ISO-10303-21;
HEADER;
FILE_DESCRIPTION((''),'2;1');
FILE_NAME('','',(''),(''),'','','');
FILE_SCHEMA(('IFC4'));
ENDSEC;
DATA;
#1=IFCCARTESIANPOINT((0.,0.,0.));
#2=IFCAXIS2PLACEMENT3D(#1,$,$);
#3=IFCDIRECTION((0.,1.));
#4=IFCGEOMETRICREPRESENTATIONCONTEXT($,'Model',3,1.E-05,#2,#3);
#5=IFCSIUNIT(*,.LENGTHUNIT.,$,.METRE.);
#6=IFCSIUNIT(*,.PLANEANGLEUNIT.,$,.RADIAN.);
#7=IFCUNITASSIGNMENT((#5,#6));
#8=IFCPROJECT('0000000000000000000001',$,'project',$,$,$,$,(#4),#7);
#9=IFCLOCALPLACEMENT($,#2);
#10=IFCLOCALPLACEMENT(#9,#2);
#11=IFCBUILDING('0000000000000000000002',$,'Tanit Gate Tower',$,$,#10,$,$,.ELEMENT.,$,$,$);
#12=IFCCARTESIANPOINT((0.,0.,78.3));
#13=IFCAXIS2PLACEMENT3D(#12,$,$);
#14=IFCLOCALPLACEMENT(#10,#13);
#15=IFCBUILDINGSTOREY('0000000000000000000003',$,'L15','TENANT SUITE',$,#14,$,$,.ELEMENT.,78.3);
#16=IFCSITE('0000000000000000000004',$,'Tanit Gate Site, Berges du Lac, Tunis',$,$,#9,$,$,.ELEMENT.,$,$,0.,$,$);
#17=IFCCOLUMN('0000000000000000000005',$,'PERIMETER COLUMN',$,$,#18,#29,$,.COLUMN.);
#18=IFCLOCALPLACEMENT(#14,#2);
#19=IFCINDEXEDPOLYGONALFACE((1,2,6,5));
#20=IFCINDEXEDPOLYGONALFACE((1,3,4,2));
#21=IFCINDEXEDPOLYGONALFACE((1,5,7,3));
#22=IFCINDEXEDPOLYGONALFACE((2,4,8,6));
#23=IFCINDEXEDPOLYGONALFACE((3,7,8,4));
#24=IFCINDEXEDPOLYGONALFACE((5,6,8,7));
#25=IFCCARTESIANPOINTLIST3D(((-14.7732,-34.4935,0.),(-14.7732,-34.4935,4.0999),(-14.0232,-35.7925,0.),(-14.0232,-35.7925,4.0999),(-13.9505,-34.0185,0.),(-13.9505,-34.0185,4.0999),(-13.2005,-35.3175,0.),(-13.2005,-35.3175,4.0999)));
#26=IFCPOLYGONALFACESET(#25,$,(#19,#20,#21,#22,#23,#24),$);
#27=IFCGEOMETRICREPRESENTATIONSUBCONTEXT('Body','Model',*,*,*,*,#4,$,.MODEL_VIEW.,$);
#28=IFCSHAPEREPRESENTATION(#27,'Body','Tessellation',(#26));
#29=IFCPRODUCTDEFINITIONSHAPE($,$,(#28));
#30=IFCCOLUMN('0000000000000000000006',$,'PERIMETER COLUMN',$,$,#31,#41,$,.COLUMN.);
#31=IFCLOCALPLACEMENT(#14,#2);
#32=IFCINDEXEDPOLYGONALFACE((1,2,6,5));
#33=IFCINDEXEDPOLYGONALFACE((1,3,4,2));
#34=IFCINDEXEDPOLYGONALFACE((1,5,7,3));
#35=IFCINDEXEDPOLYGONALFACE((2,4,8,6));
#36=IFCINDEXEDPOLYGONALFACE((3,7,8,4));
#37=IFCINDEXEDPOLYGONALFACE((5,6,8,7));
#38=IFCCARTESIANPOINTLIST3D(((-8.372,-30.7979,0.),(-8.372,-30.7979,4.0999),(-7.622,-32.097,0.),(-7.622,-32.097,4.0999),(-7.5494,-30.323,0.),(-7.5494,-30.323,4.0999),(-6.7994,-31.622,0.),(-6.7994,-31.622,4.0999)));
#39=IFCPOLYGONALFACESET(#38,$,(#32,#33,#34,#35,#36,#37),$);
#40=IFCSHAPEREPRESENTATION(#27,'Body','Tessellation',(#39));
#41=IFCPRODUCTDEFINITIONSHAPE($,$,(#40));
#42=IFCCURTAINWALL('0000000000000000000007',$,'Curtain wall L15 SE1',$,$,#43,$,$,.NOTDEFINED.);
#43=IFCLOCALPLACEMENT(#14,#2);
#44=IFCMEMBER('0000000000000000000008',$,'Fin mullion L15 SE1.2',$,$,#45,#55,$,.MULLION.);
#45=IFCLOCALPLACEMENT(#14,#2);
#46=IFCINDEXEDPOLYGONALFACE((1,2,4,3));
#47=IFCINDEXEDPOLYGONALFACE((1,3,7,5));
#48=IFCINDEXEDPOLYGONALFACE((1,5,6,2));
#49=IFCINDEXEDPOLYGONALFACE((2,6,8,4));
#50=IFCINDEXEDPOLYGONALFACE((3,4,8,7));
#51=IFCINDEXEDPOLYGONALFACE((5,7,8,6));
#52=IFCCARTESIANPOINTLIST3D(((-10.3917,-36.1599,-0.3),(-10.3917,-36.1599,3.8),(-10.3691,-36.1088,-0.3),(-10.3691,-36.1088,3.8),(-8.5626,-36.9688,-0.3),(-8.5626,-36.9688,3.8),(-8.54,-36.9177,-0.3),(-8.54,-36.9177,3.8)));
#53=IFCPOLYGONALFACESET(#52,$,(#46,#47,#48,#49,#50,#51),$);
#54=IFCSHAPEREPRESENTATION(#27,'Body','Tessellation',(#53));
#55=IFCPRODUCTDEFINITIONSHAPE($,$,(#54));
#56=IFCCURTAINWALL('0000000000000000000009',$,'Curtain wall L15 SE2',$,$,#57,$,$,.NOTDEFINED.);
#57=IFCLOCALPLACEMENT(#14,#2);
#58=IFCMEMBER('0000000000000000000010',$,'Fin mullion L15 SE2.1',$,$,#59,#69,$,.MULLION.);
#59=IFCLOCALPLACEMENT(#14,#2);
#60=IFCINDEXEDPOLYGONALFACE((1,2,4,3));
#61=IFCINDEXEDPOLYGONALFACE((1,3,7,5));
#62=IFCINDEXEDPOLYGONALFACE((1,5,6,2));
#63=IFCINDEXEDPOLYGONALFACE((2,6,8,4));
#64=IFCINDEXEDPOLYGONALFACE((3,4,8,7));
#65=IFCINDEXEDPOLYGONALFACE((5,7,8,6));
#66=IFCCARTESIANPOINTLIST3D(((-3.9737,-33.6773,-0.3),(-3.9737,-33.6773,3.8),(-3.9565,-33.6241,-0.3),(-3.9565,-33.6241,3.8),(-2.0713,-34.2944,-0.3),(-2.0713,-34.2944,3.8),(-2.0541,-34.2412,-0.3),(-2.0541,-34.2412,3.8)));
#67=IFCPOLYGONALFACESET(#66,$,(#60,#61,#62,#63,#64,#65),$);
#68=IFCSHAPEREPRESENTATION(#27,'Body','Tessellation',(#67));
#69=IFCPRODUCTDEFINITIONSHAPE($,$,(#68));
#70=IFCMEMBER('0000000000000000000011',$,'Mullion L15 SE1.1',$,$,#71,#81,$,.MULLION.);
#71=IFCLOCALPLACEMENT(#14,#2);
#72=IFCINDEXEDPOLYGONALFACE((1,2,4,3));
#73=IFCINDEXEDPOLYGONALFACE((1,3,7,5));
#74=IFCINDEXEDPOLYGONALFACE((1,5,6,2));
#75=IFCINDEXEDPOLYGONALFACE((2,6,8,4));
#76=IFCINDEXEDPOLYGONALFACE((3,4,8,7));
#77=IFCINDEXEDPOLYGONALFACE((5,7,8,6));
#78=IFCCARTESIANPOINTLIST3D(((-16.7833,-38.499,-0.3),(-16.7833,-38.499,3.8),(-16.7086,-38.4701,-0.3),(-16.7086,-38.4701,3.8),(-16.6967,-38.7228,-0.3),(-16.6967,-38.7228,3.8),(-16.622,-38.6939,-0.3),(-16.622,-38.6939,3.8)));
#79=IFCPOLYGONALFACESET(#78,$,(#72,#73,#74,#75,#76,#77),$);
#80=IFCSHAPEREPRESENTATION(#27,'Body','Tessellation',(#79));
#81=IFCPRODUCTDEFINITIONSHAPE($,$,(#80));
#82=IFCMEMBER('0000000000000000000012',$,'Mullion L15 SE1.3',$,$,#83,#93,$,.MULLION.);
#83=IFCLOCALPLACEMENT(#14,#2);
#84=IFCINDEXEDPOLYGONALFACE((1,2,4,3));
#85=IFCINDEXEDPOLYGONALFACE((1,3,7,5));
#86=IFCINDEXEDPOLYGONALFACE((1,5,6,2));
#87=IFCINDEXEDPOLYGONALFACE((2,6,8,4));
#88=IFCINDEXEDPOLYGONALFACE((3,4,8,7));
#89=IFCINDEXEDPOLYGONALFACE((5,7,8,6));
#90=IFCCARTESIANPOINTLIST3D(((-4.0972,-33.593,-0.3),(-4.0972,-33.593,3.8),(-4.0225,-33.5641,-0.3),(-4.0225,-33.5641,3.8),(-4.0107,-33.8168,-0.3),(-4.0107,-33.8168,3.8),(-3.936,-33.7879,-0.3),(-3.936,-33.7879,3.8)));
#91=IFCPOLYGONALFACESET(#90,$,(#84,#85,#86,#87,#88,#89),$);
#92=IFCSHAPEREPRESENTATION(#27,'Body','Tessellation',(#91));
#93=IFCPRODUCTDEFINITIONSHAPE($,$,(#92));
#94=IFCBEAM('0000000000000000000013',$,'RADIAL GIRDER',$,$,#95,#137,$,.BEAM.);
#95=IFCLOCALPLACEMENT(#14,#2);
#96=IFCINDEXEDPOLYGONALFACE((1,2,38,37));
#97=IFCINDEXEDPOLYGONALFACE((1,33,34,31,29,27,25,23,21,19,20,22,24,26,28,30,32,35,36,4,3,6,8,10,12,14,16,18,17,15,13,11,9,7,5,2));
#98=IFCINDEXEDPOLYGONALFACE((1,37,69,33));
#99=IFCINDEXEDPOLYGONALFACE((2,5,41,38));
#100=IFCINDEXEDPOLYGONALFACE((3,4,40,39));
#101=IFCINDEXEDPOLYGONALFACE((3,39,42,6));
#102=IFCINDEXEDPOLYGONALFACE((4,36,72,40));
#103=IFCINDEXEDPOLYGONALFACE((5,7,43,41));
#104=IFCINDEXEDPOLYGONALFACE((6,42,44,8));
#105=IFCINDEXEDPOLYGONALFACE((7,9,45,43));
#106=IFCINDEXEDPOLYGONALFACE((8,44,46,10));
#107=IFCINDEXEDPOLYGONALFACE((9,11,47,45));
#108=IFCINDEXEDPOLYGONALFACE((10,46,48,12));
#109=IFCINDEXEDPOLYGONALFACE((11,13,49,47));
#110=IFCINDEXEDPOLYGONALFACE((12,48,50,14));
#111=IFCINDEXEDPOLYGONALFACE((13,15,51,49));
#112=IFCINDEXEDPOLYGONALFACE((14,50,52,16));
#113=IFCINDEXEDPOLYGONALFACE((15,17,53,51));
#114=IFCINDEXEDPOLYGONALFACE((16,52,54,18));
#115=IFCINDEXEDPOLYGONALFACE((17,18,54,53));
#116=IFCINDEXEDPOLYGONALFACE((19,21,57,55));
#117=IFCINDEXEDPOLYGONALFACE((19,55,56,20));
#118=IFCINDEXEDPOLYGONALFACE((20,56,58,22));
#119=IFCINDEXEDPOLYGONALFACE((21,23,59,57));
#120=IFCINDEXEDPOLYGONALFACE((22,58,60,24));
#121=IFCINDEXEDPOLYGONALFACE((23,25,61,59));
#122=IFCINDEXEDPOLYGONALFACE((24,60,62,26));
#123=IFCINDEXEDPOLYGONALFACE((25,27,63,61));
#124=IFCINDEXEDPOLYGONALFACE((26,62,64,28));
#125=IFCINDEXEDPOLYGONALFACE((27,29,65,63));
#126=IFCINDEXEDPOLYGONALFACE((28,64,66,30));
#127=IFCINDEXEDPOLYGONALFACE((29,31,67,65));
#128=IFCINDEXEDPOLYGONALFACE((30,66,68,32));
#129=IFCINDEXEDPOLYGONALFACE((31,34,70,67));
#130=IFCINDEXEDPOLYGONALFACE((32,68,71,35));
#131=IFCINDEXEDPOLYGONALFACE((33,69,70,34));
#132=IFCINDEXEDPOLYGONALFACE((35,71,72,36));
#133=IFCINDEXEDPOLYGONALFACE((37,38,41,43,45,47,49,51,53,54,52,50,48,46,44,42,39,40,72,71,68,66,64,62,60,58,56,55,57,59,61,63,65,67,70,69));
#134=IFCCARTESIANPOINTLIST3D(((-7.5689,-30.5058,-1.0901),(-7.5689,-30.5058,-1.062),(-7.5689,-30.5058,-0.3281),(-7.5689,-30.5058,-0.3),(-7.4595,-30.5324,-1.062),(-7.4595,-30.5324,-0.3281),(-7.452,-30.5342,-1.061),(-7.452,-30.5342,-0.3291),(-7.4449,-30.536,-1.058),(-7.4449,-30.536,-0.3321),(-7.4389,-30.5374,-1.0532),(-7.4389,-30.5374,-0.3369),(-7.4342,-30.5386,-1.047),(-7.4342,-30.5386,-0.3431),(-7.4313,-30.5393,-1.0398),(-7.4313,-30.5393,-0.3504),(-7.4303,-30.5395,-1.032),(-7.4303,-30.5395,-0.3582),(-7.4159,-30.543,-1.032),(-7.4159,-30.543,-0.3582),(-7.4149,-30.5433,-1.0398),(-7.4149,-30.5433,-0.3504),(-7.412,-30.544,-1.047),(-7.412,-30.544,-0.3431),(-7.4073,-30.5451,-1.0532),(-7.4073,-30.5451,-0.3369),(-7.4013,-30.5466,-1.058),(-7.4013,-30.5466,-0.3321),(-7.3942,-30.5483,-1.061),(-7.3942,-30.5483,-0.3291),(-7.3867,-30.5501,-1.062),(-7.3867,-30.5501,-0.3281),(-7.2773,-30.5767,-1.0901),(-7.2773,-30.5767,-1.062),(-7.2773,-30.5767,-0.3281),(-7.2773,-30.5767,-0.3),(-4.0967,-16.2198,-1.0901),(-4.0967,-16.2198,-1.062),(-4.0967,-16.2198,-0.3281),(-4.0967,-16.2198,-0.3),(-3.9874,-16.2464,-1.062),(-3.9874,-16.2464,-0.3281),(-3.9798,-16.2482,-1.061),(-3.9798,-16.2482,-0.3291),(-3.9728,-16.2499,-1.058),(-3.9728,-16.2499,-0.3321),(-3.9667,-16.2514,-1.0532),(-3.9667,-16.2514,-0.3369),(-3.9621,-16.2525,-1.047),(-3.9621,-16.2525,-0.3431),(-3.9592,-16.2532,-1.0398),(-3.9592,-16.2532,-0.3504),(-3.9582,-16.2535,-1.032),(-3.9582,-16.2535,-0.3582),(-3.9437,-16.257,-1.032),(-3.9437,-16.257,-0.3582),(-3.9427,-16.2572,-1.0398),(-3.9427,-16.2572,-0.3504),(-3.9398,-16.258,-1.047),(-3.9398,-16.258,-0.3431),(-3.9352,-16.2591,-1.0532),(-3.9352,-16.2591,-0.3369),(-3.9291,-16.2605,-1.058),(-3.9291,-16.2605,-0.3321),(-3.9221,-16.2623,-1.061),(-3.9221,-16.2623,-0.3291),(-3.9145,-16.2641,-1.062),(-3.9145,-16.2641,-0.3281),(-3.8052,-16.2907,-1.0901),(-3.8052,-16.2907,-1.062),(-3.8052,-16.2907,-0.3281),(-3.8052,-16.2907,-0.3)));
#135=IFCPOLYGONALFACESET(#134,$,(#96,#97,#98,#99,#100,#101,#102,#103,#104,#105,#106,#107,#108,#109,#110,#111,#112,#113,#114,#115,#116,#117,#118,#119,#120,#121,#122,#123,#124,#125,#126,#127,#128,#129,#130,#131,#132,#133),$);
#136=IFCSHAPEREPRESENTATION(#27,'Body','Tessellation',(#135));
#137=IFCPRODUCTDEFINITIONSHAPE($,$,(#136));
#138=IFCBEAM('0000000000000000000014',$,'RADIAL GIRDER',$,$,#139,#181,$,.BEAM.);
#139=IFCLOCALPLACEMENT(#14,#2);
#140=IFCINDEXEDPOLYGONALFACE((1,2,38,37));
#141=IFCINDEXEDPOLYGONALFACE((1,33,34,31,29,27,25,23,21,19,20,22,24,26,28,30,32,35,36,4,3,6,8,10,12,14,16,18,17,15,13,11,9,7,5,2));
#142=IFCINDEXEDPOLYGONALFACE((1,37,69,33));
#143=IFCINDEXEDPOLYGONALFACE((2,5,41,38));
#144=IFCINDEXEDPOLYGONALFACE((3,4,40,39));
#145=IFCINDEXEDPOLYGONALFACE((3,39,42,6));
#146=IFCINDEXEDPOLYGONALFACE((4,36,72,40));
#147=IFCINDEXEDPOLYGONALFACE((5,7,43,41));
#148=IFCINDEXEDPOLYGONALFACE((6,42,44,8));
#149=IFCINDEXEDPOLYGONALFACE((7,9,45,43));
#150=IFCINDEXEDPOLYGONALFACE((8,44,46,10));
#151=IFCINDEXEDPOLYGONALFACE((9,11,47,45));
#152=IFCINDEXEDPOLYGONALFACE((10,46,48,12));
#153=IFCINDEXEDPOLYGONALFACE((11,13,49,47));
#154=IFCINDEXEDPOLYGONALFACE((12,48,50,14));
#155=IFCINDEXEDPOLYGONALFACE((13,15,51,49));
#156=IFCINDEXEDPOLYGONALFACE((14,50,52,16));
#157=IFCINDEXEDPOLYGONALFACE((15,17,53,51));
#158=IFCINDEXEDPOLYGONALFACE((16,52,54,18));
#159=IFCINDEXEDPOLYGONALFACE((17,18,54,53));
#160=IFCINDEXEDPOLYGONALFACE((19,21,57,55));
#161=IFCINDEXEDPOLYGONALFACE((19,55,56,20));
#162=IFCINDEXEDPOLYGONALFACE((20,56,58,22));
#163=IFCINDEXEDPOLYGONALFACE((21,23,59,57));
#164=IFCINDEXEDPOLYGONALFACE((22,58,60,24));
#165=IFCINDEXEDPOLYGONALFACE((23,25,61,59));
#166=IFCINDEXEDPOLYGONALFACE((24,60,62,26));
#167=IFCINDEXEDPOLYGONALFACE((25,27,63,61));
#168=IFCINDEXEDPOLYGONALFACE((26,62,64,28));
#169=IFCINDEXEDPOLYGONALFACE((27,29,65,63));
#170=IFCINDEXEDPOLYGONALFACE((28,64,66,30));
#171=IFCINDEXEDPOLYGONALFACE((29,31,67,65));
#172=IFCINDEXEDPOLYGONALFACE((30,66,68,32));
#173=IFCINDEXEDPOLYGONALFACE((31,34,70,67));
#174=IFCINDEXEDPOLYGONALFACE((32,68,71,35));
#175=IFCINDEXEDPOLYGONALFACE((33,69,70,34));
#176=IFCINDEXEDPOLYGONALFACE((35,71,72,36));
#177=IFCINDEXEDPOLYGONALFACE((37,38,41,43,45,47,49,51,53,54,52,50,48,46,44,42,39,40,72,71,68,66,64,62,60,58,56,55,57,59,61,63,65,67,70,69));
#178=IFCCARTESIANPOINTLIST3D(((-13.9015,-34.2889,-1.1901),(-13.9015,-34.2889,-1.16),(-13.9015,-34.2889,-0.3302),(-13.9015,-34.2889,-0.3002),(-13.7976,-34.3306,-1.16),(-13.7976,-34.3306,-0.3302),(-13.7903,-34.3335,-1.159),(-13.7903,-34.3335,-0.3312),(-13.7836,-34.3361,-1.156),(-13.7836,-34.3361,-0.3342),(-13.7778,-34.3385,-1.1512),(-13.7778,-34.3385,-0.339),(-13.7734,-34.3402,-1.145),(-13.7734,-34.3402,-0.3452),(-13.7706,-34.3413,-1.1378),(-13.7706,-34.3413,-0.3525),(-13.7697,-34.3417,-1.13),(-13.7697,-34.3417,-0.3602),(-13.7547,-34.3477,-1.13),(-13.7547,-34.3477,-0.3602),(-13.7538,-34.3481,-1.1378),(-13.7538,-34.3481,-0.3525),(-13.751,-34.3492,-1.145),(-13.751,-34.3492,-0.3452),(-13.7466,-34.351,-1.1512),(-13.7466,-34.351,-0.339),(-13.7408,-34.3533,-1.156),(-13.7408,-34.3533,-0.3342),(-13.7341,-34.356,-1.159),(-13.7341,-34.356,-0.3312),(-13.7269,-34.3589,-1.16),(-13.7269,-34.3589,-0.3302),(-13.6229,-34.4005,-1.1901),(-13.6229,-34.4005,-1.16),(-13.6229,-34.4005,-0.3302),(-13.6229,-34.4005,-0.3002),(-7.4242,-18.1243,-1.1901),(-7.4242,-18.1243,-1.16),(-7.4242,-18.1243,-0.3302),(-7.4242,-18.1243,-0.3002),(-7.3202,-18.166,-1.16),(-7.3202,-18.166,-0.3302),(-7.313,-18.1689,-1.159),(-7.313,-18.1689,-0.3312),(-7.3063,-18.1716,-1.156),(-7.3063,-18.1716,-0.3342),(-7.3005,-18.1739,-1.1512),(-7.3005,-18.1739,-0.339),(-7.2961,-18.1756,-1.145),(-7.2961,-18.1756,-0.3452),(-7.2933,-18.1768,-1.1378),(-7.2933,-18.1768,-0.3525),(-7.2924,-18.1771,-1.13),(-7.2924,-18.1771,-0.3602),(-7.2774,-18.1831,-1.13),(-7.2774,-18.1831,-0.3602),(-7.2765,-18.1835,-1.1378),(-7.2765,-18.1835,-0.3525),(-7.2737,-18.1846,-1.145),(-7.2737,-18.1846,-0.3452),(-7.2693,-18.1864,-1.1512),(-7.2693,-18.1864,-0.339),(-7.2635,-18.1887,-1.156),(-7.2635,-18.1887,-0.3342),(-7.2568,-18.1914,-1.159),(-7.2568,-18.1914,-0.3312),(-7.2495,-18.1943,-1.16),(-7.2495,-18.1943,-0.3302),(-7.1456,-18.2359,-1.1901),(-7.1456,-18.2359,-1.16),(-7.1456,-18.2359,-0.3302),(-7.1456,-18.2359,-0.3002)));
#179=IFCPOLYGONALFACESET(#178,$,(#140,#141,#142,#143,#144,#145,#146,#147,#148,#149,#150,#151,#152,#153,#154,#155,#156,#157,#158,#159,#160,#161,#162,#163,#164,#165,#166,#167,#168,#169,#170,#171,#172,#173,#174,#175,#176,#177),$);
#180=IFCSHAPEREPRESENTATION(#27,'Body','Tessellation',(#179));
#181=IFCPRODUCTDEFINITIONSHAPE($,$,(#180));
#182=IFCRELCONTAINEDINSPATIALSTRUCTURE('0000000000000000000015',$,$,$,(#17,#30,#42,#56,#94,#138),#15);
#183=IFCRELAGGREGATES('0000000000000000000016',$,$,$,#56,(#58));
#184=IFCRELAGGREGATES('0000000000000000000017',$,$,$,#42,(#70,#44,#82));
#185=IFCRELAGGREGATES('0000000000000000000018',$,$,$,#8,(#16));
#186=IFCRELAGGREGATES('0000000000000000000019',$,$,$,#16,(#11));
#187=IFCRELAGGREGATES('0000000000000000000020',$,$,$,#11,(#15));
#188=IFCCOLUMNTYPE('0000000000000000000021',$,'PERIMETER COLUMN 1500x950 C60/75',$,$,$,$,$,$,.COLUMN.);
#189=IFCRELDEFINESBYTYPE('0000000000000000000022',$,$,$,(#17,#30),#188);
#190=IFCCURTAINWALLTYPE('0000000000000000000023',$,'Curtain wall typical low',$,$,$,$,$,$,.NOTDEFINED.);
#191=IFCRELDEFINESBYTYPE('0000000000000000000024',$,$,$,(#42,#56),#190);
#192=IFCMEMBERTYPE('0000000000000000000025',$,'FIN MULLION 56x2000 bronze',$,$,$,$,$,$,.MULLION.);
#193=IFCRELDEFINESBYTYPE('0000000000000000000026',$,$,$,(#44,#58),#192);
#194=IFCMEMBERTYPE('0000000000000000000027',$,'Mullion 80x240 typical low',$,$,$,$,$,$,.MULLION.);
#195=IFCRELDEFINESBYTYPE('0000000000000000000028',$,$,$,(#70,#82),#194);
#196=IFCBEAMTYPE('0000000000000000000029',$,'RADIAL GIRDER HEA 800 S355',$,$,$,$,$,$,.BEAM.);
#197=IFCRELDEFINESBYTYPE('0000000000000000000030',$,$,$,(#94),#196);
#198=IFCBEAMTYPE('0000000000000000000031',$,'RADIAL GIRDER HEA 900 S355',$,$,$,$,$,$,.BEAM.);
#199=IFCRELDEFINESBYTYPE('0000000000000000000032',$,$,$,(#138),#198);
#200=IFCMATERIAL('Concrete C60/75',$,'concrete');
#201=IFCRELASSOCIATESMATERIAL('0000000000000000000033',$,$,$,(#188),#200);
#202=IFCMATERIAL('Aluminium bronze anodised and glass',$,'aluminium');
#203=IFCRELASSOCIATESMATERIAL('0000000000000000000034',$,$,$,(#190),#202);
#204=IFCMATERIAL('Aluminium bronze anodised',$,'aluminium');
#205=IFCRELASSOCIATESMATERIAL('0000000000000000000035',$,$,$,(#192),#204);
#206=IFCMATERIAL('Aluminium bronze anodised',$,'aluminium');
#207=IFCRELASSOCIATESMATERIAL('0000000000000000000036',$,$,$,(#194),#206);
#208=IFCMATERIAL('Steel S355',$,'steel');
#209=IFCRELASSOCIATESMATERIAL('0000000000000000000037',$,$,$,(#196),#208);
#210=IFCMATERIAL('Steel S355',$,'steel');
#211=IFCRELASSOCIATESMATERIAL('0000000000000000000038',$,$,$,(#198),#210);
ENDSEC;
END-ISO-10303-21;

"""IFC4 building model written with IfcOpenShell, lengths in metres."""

from ifc_helpers import new_model, si_unit, direction, frame, origin, origin_2d, place, context, subcontext, project, spatial, rectangle, i_section, extrude, material, material_profile, profile_set, type_object, element, aggregate, save


model = new_model("IFC4")

# Units and contexts
model_context = context("Model", 3, precision=1e-05, world=origin(), true_north=direction((0.0, 1.0)))
body_context = subcontext(model_context, "Body", "Model", "MODEL_VIEW")
ifc_project = project(units=[si_unit("LENGTHUNIT", "METRE"), si_unit("PLANEANGLEUNIT", "RADIAN")], contexts=[model_context])

# Site, building, storey
site_placement = place(None, origin())
site = spatial("IfcSite", under=ifc_project, at=site_placement, Name="Tanit Gate Site, Berges du Lac, Tunis", CompositionType="ELEMENT", RefElevation=0.0)
building_placement = place(site_placement, origin())
building = spatial("IfcBuilding", under=site, at=building_placement, Name="Tanit Gate Tower", CompositionType="ELEMENT")
storey_placement = place(building_placement, frame((0.0, 0.0, 78.3)))
storey = spatial("IfcBuildingStorey", under=building, at=storey_placement, Name="L15", Description="TENANT SUITE", CompositionType="ELEMENT", Elevation=78.3)

# Columns
ifc_material_1 = material(Name="Concrete C60/75", Category="concrete")
ifc_material_profile_1 = material_profile(ifc_material_1, rectangle(XDim=1.5, YDim=0.95, at=origin_2d()), Name="RC 1500x950")
ifc_profile_set_1 = profile_set([ifc_material_profile_1], Name="Concrete C60/75")
column_type = type_object("IfcColumnType", Name="PERIMETER COLUMN 1500x950 C60/75", PredefinedType="COLUMN", material=ifc_profile_set_1)
for number, where, z_axis, x_axis, name in (
    (1, (-13.9868, -34.9055, 0.0), (0.0, 0.0, 1.0), (0.5, -0.866025, 0.0), "PERIMETER COLUMN"),
    (2, (-7.5857, -31.21, 0.0), (0.0, 0.0, 1.0), (0.5, -0.866025, 0.0), "PERIMETER COLUMN"),
):
    element("IfcColumn", number, at=place(storey_placement, frame(where, z_axis=z_axis, x_axis=x_axis)), inside=storey, type_object=column_type, Name=name, PredefinedType="COLUMN", context=body_context, shape_type="SweptSolid", body=[
        extrude(rectangle(XDim=1.5, YDim=0.95, at=origin_2d()), origin(), (0.0, 0.0, 1.0), 4.0999),
    ])

# Curtain walls, members
ifc_material_2 = material(Name="Aluminium bronze anodised and glass", Category="aluminium")
curtain_wall_type = type_object("IfcCurtainWallType", Name="Curtain wall typical low", PredefinedType="NOTDEFINED", material=ifc_material_2)
curtain_wall_1_placement = place(storey_placement, origin())
curtain_wall_1 = element("IfcCurtainWall", 3, at=curtain_wall_1_placement, inside=storey, type_object=curtain_wall_type, Name="Curtain wall L15 SE1", PredefinedType="NOTDEFINED")
ifc_material_3 = material(Name="Aluminium bronze anodised", Category="aluminium")
ifc_material_profile_2 = material_profile(ifc_material_3, rectangle(XDim=2.0, YDim=0.0559, at=origin_2d()), Name="56x2000 bronze fin mullion")
ifc_profile_set_2 = profile_set([ifc_material_profile_2], Name="Aluminium bronze anodised")
member_type_1 = type_object("IfcMemberType", Name="FIN MULLION 56x2000 bronze", PredefinedType="MULLION", material=ifc_profile_set_2)
member_1_placement = place(storey_placement, frame((-9.4658, -36.5388, -0.3), z_axis=(0.0, 0.0, 1.0), x_axis=(-0.91456, 0.404449, 0.0)))
member_1 = element("IfcMember", 4, at=member_1_placement, type_object=member_type_1, Name="Fin mullion L15 SE1.2", PredefinedType="MULLION", context=body_context, shape_type="SweptSolid", body=[
    extrude(rectangle(XDim=2.0, YDim=0.0559, at=origin_2d()), origin(), (0.0, 0.0, 1.0), 4.1001),
])
curtain_wall_2_placement = place(storey_placement, origin())
curtain_wall_2 = element("IfcCurtainWall", 5, at=curtain_wall_2_placement, inside=storey, type_object=curtain_wall_type, Name="Curtain wall L15 SE2", PredefinedType="NOTDEFINED")
member_2_placement = place(storey_placement, frame((-3.0139, -33.9592, -0.3), z_axis=(0.0, 0.0, 1.0), x_axis=(-0.951202, 0.308568, 0.0)))
member_2 = element("IfcMember", 6, at=member_2_placement, type_object=member_type_1, Name="Fin mullion L15 SE2.1", PredefinedType="MULLION", context=body_context, shape_type="SweptSolid", body=[
    extrude(rectangle(XDim=2.0, YDim=0.0559, at=origin_2d()), origin(), (0.0, 0.0, 1.0), 4.1001),
])

# Members
ifc_material_4 = material(Name="Aluminium bronze anodised", Category="aluminium")
ifc_material_profile_3 = material_profile(ifc_material_4, rectangle(XDim=0.24, YDim=0.0801, at=origin_2d()), Name="80x240 bronze mullion")
ifc_profile_set_3 = profile_set([ifc_material_profile_3], Name="Aluminium bronze anodised")
member_type_2 = type_object("IfcMemberType", Name="Mullion 80x240 typical low", PredefinedType="MULLION", material=ifc_profile_set_3)
member_3_placement = place(storey_placement, frame((-16.7026, -38.5964, -0.3), z_axis=(0.0, 0.0, 1.0), x_axis=(-0.360703, 0.932681, 0.0)))
member_3 = element("IfcMember", 7, at=member_3_placement, type_object=member_type_2, Name="Mullion L15 SE1.1", PredefinedType="MULLION", context=body_context, shape_type="SweptSolid", body=[
    extrude(rectangle(XDim=0.24, YDim=0.0801, at=origin_2d()), origin(), (0.0, 0.0, 1.0), 4.1001),
])
member_4_placement = place(storey_placement, frame((-4.0166, -33.6904, -0.3), z_axis=(0.0, 0.0, 1.0), x_axis=(-0.360703, 0.932681, 0.0)))
member_4 = element("IfcMember", 8, at=member_4_placement, type_object=member_type_2, Name="Mullion L15 SE1.3", PredefinedType="MULLION", context=body_context, shape_type="SweptSolid", body=[
    extrude(rectangle(XDim=0.24, YDim=0.0801, at=origin_2d()), origin(), (0.0, 0.0, 1.0), 4.1001),
])

# Beams
ifc_material_5 = material(Name="Steel S355", Category="steel")
ifc_material_profile_4 = material_profile(ifc_material_5, i_section(OverallWidth=0.3, OverallDepth=0.79, WebThickness=0.0149, FlangeThickness=0.0281, FilletRadius=0.03, at=origin_2d()), Name="HEA 800")
ifc_profile_set_4 = profile_set([ifc_material_profile_4], Name="Steel S355")
beam_type_1 = type_object("IfcBeamType", Name="RADIAL GIRDER HEA 800 S355", PredefinedType="BEAM", material=ifc_profile_set_4)
beam_1_placement = place(storey_placement, frame((-7.4231, -30.5413, -0.6951), z_axis=(0.236169, 0.971712, 0.0), x_axis=(-0.971712, 0.236169, 0.0)))
element("IfcBeam", 9, at=beam_1_placement, inside=storey, type_object=beam_type_1, Name="RADIAL GIRDER", PredefinedType="BEAM", context=body_context, shape_type="SweptSolid", body=[
    extrude(i_section(OverallWidth=0.3, OverallDepth=0.79, WebThickness=0.0149, FlangeThickness=0.0281, FilletRadius=0.03, at=origin_2d()), origin(), (0.0, 0.0, 1.0), 14.7019),
])
ifc_material_6 = material(Name="Steel S355", Category="steel")
ifc_material_profile_5 = material_profile(ifc_material_6, i_section(OverallWidth=0.3, OverallDepth=0.8899, WebThickness=0.0161, FlangeThickness=0.03, FilletRadius=0.03, at=origin_2d()), Name="HEA 900")
ifc_profile_set_5 = profile_set([ifc_material_profile_5], Name="Steel S355")
beam_type_2 = type_object("IfcBeamType", Name="RADIAL GIRDER HEA 900 S355", PredefinedType="BEAM", material=ifc_profile_set_5)
beam_2_placement = place(storey_placement, frame((-13.7622, -34.3447, -0.7451), z_axis=(0.371959, 0.928249, 0.0), x_axis=(-0.928249, 0.371959, 0.0)))
element("IfcBeam", 10, at=beam_2_placement, inside=storey, type_object=beam_type_2, Name="RADIAL GIRDER", PredefinedType="BEAM", context=body_context, shape_type="SweptSolid", body=[
    extrude(i_section(OverallWidth=0.3, OverallDepth=0.8899, WebThickness=0.0161, FlangeThickness=0.03, FilletRadius=0.03, at=origin_2d()), origin(), (0.0, 0.0, 1.0), 17.4141),
])

aggregate(curtain_wall_2, [member_2])

aggregate(curtain_wall_1, [member_3, member_1, member_4])

save(model, "model.ifc")
